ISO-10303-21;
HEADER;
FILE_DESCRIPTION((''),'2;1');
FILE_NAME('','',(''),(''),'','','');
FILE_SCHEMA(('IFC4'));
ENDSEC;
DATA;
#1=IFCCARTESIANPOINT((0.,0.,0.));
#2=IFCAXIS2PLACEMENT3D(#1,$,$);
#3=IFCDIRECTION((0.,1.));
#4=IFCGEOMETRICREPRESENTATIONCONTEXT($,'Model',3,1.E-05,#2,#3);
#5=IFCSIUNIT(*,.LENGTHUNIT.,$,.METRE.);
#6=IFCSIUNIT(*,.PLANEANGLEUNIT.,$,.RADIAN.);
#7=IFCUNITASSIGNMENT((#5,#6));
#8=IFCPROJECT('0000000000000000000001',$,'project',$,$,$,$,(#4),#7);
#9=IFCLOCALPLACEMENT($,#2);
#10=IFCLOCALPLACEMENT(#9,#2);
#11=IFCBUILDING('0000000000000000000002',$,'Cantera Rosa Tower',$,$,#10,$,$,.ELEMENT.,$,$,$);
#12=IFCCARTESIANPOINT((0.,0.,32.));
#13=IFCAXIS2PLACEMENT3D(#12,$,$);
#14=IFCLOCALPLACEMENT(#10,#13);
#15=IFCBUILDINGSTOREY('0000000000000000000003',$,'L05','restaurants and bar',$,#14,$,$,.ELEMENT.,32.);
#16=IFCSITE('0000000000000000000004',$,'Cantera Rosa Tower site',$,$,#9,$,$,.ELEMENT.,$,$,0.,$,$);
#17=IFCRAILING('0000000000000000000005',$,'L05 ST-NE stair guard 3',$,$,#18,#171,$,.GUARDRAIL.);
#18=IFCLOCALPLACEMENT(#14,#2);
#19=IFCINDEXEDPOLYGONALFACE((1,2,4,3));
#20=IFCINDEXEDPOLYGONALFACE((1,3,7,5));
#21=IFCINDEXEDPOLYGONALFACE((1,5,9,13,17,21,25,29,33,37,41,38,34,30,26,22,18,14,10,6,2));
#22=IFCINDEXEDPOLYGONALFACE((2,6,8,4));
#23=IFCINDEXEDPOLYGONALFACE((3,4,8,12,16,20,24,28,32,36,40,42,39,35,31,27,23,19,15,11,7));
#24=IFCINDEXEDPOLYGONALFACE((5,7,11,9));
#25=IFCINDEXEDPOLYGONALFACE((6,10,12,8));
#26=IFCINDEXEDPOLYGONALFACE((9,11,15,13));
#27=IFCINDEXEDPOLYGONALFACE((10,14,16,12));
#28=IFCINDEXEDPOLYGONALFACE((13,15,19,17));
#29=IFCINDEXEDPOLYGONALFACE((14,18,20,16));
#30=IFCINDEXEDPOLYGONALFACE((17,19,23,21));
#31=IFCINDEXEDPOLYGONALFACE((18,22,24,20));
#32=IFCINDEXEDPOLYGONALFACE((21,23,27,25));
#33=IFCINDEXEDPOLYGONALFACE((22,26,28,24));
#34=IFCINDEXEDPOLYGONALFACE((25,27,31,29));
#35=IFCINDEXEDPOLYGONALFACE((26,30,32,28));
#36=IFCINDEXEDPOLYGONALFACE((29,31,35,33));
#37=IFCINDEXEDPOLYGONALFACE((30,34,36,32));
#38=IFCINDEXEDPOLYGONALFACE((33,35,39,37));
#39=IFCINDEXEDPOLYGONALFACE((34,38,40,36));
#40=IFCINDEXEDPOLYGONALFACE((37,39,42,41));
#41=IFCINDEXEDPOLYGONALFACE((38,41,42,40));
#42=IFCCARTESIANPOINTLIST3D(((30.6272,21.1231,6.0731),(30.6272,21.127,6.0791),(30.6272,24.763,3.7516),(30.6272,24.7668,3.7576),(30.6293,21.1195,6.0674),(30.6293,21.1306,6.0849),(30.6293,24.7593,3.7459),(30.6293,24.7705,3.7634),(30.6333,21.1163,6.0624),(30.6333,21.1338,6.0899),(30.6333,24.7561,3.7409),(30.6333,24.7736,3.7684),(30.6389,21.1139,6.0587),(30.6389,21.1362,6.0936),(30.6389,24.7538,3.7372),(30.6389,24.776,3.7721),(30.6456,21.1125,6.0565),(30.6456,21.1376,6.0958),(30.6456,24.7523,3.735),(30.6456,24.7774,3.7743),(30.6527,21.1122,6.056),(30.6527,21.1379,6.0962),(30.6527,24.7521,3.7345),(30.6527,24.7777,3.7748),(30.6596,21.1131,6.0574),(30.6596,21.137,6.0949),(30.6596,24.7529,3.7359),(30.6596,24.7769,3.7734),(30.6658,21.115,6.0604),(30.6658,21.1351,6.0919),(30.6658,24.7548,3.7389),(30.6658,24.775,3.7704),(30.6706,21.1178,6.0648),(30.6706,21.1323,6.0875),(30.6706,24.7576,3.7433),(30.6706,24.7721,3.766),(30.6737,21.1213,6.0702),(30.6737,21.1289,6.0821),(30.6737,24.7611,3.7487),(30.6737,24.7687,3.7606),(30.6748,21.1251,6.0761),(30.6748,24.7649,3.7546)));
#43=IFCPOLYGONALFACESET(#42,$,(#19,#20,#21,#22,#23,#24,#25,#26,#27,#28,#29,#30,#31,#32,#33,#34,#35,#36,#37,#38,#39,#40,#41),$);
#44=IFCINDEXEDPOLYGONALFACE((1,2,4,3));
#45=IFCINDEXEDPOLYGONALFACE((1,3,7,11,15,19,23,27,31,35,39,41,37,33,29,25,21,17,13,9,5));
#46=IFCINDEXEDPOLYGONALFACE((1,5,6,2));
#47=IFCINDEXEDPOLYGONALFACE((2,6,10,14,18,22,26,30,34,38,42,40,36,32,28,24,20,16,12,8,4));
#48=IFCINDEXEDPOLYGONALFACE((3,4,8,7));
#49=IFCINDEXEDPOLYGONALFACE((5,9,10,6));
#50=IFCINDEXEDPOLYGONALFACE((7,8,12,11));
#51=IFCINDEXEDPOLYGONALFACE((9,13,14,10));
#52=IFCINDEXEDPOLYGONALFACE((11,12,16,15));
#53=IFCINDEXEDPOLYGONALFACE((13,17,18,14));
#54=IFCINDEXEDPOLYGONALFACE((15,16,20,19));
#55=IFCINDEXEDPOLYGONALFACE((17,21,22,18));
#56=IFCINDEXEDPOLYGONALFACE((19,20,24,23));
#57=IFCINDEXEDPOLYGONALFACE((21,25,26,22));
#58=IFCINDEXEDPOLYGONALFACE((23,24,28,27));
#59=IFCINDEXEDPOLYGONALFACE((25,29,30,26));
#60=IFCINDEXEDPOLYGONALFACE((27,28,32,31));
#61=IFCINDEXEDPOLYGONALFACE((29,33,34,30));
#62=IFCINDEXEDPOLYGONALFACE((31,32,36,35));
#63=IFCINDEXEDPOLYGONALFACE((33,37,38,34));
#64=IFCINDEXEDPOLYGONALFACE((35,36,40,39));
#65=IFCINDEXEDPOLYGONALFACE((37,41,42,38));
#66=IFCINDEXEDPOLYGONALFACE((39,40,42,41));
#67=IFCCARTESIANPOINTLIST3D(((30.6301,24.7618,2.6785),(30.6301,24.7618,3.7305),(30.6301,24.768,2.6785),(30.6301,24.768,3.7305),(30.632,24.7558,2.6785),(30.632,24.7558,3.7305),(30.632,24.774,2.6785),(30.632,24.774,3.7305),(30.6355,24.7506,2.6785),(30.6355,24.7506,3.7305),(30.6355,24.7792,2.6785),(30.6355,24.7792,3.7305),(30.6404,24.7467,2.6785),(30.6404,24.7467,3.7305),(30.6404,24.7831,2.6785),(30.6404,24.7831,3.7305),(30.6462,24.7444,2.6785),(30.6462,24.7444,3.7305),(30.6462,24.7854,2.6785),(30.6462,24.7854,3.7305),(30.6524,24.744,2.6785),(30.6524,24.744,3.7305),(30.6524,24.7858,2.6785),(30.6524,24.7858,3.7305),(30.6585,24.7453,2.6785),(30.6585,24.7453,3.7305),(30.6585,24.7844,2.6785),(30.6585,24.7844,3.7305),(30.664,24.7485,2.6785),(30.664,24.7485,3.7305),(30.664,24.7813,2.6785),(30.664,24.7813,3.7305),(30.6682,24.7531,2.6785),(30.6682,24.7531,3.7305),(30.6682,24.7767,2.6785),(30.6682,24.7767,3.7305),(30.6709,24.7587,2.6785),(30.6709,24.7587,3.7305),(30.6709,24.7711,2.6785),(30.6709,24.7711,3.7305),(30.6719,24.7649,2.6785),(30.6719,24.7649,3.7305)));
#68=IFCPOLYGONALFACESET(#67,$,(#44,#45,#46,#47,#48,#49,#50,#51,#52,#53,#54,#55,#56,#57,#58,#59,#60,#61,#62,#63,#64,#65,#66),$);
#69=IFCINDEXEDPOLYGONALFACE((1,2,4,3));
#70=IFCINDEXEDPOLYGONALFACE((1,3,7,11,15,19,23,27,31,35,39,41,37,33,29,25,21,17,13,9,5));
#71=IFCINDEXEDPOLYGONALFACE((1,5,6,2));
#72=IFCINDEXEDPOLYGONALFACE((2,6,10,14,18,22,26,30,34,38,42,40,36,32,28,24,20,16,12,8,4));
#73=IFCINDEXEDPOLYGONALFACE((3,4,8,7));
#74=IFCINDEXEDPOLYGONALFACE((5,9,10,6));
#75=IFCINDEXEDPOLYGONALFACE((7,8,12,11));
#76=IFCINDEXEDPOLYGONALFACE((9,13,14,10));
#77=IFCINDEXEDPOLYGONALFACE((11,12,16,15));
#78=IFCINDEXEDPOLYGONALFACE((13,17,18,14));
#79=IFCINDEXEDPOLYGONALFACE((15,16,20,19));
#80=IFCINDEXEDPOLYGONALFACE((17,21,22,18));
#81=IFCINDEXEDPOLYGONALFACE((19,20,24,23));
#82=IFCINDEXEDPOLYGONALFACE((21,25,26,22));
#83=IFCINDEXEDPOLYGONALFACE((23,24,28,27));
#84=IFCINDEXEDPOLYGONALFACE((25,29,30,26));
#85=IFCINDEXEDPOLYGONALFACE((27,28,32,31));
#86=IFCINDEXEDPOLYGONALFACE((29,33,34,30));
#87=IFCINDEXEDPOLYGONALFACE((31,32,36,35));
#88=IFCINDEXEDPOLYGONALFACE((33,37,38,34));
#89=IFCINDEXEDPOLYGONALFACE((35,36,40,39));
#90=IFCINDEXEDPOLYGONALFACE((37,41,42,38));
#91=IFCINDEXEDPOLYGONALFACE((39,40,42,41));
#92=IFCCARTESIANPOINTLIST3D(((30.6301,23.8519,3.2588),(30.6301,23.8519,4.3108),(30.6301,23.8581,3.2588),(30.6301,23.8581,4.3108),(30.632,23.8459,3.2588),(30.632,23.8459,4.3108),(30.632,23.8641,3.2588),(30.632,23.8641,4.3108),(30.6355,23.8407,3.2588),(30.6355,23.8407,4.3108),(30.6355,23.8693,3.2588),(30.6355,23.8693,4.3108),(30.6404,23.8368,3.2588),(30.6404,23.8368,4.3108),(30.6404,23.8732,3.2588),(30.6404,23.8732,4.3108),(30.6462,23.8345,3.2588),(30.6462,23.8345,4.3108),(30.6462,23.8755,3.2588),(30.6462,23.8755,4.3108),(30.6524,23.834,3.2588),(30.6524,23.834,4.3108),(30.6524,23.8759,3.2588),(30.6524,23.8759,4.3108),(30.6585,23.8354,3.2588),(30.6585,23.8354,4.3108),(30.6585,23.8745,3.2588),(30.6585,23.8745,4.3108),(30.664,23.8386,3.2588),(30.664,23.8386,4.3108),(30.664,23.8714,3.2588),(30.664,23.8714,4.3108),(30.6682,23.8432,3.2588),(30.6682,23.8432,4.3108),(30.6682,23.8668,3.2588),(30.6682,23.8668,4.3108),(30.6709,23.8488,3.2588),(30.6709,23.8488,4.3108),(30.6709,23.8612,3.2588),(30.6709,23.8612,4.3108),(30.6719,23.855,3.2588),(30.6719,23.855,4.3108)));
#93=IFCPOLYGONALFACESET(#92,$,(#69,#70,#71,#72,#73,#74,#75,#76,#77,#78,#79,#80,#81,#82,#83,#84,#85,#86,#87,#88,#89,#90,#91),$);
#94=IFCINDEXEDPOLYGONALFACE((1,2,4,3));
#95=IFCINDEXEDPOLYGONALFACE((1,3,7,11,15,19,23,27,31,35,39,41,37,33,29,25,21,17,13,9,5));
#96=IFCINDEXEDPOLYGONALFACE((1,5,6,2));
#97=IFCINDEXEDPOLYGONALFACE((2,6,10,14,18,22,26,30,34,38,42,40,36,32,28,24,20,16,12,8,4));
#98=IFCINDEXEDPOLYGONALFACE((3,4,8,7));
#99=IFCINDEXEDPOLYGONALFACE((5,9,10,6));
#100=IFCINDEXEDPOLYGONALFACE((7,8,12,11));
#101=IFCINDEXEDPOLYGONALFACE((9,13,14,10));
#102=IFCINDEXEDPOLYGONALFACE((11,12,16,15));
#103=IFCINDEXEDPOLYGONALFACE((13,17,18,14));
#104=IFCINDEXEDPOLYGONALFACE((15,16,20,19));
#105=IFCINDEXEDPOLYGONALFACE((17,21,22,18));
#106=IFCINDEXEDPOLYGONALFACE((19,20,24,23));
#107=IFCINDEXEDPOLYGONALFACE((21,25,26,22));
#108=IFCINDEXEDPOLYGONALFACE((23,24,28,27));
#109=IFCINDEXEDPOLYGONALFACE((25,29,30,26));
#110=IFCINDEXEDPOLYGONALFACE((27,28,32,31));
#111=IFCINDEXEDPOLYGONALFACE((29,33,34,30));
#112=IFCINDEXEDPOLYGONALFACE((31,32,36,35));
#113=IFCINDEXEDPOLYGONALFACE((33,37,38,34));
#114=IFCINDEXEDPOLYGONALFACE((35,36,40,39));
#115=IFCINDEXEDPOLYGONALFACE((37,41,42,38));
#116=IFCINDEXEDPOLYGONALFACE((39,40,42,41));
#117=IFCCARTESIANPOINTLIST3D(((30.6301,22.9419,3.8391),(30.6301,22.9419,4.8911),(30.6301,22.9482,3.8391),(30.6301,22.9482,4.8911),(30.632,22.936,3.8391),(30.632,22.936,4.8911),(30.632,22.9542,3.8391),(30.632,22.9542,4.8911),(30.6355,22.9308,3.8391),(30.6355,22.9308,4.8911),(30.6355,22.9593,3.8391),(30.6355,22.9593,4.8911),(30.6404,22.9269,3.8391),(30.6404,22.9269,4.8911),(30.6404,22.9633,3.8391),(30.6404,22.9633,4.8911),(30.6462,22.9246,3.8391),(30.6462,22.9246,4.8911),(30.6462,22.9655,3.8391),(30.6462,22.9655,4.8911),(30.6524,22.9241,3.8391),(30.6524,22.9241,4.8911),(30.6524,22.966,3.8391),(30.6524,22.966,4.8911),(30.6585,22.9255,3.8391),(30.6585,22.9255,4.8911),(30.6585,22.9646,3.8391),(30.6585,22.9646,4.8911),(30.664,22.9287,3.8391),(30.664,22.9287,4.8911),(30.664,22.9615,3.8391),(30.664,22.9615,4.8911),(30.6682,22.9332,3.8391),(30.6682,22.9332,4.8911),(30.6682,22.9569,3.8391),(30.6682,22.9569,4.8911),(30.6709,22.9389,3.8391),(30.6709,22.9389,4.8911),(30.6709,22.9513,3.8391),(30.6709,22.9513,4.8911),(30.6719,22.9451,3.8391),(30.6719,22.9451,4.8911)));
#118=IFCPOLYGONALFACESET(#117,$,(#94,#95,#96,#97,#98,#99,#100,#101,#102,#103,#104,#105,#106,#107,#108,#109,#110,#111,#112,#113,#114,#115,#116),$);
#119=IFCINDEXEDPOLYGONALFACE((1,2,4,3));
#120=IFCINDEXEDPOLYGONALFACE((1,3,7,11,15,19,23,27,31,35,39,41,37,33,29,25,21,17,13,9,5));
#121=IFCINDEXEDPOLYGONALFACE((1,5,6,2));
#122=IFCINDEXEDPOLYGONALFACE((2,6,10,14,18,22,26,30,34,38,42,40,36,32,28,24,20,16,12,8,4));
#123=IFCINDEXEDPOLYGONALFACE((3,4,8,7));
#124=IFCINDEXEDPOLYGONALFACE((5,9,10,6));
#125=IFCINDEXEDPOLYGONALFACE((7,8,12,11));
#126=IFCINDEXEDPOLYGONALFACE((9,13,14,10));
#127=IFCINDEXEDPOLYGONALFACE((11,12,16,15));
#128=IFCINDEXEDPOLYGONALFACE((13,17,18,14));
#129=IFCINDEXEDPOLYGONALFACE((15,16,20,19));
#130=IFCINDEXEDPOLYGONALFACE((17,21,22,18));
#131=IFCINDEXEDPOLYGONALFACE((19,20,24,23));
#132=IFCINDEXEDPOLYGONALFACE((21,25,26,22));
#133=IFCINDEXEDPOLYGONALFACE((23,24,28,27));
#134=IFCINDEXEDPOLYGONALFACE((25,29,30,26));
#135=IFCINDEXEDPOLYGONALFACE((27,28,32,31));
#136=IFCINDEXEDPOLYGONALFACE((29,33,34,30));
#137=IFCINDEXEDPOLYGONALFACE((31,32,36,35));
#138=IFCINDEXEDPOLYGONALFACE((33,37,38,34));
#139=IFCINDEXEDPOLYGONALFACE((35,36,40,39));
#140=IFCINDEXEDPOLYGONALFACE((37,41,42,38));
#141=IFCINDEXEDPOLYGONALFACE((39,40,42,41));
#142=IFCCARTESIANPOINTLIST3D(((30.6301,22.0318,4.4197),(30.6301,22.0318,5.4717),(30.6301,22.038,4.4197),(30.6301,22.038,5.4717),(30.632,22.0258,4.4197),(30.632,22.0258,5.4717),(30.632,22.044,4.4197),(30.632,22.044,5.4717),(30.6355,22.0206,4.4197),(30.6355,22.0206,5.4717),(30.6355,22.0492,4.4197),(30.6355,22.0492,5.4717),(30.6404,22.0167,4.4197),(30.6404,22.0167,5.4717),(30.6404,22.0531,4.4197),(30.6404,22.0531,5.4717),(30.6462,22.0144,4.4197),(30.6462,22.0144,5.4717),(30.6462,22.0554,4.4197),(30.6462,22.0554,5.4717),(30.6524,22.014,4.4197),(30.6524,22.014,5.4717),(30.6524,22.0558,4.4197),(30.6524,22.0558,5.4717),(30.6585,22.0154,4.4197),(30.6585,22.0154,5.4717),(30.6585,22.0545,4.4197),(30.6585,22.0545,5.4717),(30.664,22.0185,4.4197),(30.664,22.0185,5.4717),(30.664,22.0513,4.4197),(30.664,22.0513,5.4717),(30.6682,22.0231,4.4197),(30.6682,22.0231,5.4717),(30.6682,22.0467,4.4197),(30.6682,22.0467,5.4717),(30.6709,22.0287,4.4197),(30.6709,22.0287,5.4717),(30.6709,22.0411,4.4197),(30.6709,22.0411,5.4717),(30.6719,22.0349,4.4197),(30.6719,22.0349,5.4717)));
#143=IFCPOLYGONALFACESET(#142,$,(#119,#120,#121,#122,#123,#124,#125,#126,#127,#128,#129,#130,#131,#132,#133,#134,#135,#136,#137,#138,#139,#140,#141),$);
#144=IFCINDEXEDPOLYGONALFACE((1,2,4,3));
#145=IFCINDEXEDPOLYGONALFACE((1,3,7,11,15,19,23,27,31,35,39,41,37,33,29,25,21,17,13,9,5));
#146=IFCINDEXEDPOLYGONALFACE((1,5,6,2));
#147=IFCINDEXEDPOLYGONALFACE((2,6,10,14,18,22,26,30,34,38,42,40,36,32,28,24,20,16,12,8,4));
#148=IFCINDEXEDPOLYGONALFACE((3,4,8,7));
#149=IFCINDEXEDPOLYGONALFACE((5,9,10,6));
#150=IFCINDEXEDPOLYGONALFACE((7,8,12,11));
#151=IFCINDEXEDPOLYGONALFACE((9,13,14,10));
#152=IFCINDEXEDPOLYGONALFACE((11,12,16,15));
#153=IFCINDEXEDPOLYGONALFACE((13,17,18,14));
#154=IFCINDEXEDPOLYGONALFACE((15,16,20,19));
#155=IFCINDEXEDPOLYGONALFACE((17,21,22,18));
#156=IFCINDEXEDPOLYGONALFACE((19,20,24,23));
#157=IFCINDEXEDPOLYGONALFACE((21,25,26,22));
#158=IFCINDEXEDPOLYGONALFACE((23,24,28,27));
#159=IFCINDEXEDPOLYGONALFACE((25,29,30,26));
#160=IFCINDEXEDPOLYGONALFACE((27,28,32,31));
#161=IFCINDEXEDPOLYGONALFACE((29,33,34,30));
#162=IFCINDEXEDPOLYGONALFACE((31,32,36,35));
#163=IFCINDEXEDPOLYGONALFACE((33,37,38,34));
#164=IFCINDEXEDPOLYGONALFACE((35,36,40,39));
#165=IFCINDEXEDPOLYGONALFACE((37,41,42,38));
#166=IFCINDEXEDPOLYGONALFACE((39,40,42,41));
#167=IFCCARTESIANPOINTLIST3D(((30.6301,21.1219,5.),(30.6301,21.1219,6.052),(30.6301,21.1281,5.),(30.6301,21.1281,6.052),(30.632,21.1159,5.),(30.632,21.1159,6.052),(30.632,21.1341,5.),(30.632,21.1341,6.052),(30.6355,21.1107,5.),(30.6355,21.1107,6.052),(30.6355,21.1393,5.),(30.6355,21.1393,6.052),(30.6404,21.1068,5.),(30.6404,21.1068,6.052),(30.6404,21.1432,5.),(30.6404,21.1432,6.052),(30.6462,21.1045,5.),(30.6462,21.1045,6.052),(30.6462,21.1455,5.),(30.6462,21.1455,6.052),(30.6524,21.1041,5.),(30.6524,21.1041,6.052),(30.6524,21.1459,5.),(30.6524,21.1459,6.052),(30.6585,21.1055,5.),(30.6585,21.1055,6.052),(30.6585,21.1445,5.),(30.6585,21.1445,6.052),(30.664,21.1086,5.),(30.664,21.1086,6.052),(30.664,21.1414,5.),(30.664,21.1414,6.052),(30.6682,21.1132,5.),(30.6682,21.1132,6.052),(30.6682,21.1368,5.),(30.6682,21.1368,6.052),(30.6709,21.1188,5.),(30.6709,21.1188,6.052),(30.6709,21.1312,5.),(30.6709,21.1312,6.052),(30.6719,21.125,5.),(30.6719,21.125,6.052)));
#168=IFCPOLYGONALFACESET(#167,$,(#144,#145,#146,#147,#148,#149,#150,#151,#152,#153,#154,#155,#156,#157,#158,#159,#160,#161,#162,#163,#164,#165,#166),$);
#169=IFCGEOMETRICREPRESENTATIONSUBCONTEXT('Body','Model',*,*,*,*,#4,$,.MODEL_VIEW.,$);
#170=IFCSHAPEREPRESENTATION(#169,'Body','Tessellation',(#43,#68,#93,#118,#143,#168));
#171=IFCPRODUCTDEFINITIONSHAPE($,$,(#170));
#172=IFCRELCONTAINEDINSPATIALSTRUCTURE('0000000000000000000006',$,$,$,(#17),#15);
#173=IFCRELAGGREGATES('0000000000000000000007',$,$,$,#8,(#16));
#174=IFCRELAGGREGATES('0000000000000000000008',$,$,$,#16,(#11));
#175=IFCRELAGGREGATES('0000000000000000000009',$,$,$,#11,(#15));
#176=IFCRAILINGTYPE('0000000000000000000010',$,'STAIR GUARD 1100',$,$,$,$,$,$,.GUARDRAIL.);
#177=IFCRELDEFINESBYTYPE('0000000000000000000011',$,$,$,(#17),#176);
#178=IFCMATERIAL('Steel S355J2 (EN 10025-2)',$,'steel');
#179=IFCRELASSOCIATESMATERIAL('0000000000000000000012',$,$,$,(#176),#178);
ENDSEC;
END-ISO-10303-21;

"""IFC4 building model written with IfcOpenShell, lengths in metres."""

from ifc_helpers import new_model, si_unit, direction, frame, origin, origin_2d, place, context, subcontext, project, spatial, circle, extrude, material, type_object, element, save


model = new_model("IFC4")

# Units and contexts
model_context = context("Model", 3, precision=1e-05, world=origin(), true_north=direction((0.0, 1.0)))
body_context = subcontext(model_context, "Body", "Model", "MODEL_VIEW")
ifc_project = project(units=[si_unit("LENGTHUNIT", "METRE"), si_unit("PLANEANGLEUNIT", "RADIAN")], contexts=[model_context])

# Site, building, storey
site_placement = place(None, origin())
site = spatial("IfcSite", under=ifc_project, at=site_placement, Name="Cantera Rosa Tower site", CompositionType="ELEMENT", RefElevation=0.0)
building_placement = place(site_placement, origin())
building = spatial("IfcBuilding", under=site, at=building_placement, Name="Cantera Rosa Tower", CompositionType="ELEMENT")
storey_placement = place(building_placement, frame((0.0, 0.0, 32.0)))
storey = spatial("IfcBuildingStorey", under=building, at=storey_placement, Name="L05", Description="restaurants and bar", CompositionType="ELEMENT", Elevation=32.0)

# Railing
ifc_material_1 = material(Name="Steel S355J2 (EN 10025-2)", Category="steel")
railing_type_1 = type_object("IfcRailingType", Name="STAIR GUARD 1100", PredefinedType="GUARDRAIL", material=ifc_material_1)
railing_1_placement = place(storey_placement, frame((30.6509, 24.7649, 2.6785)))
element("IfcRailing", 1, at=railing_1_placement, inside=storey, type_object=railing_type_1, Name="L05 ST-NE stair guard 3", PredefinedType="GUARDRAIL", context=body_context, shape_type="SweptSolid", body=[
    extrude(circle(Radius=0.0239, at=origin_2d()), frame((0.0, 0.0, 1.0762), z_axis=(0.0, -0.843112, 0.537739), x_axis=(1.0, 0.0, 0.0)), (0.0, 0.0, 1.0), 4.3171),
    extrude(circle(Radius=0.021, at=origin_2d()), origin(), (0.0, 0.0, 1.0), 1.052),
    extrude(circle(Radius=0.021, at=origin_2d()), frame((0.0, -0.9099, 0.5803)), (0.0, 0.0, 1.0), 1.052),
    extrude(circle(Radius=0.021, at=origin_2d()), frame((0.0, -1.8198, 1.1606)), (0.0, 0.0, 1.0), 1.052),
    extrude(circle(Radius=0.021, at=origin_2d()), frame((0.0, -2.73, 1.7412)), (0.0, 0.0, 1.0), 1.052),
    extrude(circle(Radius=0.021, at=origin_2d()), frame((0.0, -3.6399, 2.3215)), (0.0, 0.0, 1.0), 1.052),
])

save(model, "model.ifc")
